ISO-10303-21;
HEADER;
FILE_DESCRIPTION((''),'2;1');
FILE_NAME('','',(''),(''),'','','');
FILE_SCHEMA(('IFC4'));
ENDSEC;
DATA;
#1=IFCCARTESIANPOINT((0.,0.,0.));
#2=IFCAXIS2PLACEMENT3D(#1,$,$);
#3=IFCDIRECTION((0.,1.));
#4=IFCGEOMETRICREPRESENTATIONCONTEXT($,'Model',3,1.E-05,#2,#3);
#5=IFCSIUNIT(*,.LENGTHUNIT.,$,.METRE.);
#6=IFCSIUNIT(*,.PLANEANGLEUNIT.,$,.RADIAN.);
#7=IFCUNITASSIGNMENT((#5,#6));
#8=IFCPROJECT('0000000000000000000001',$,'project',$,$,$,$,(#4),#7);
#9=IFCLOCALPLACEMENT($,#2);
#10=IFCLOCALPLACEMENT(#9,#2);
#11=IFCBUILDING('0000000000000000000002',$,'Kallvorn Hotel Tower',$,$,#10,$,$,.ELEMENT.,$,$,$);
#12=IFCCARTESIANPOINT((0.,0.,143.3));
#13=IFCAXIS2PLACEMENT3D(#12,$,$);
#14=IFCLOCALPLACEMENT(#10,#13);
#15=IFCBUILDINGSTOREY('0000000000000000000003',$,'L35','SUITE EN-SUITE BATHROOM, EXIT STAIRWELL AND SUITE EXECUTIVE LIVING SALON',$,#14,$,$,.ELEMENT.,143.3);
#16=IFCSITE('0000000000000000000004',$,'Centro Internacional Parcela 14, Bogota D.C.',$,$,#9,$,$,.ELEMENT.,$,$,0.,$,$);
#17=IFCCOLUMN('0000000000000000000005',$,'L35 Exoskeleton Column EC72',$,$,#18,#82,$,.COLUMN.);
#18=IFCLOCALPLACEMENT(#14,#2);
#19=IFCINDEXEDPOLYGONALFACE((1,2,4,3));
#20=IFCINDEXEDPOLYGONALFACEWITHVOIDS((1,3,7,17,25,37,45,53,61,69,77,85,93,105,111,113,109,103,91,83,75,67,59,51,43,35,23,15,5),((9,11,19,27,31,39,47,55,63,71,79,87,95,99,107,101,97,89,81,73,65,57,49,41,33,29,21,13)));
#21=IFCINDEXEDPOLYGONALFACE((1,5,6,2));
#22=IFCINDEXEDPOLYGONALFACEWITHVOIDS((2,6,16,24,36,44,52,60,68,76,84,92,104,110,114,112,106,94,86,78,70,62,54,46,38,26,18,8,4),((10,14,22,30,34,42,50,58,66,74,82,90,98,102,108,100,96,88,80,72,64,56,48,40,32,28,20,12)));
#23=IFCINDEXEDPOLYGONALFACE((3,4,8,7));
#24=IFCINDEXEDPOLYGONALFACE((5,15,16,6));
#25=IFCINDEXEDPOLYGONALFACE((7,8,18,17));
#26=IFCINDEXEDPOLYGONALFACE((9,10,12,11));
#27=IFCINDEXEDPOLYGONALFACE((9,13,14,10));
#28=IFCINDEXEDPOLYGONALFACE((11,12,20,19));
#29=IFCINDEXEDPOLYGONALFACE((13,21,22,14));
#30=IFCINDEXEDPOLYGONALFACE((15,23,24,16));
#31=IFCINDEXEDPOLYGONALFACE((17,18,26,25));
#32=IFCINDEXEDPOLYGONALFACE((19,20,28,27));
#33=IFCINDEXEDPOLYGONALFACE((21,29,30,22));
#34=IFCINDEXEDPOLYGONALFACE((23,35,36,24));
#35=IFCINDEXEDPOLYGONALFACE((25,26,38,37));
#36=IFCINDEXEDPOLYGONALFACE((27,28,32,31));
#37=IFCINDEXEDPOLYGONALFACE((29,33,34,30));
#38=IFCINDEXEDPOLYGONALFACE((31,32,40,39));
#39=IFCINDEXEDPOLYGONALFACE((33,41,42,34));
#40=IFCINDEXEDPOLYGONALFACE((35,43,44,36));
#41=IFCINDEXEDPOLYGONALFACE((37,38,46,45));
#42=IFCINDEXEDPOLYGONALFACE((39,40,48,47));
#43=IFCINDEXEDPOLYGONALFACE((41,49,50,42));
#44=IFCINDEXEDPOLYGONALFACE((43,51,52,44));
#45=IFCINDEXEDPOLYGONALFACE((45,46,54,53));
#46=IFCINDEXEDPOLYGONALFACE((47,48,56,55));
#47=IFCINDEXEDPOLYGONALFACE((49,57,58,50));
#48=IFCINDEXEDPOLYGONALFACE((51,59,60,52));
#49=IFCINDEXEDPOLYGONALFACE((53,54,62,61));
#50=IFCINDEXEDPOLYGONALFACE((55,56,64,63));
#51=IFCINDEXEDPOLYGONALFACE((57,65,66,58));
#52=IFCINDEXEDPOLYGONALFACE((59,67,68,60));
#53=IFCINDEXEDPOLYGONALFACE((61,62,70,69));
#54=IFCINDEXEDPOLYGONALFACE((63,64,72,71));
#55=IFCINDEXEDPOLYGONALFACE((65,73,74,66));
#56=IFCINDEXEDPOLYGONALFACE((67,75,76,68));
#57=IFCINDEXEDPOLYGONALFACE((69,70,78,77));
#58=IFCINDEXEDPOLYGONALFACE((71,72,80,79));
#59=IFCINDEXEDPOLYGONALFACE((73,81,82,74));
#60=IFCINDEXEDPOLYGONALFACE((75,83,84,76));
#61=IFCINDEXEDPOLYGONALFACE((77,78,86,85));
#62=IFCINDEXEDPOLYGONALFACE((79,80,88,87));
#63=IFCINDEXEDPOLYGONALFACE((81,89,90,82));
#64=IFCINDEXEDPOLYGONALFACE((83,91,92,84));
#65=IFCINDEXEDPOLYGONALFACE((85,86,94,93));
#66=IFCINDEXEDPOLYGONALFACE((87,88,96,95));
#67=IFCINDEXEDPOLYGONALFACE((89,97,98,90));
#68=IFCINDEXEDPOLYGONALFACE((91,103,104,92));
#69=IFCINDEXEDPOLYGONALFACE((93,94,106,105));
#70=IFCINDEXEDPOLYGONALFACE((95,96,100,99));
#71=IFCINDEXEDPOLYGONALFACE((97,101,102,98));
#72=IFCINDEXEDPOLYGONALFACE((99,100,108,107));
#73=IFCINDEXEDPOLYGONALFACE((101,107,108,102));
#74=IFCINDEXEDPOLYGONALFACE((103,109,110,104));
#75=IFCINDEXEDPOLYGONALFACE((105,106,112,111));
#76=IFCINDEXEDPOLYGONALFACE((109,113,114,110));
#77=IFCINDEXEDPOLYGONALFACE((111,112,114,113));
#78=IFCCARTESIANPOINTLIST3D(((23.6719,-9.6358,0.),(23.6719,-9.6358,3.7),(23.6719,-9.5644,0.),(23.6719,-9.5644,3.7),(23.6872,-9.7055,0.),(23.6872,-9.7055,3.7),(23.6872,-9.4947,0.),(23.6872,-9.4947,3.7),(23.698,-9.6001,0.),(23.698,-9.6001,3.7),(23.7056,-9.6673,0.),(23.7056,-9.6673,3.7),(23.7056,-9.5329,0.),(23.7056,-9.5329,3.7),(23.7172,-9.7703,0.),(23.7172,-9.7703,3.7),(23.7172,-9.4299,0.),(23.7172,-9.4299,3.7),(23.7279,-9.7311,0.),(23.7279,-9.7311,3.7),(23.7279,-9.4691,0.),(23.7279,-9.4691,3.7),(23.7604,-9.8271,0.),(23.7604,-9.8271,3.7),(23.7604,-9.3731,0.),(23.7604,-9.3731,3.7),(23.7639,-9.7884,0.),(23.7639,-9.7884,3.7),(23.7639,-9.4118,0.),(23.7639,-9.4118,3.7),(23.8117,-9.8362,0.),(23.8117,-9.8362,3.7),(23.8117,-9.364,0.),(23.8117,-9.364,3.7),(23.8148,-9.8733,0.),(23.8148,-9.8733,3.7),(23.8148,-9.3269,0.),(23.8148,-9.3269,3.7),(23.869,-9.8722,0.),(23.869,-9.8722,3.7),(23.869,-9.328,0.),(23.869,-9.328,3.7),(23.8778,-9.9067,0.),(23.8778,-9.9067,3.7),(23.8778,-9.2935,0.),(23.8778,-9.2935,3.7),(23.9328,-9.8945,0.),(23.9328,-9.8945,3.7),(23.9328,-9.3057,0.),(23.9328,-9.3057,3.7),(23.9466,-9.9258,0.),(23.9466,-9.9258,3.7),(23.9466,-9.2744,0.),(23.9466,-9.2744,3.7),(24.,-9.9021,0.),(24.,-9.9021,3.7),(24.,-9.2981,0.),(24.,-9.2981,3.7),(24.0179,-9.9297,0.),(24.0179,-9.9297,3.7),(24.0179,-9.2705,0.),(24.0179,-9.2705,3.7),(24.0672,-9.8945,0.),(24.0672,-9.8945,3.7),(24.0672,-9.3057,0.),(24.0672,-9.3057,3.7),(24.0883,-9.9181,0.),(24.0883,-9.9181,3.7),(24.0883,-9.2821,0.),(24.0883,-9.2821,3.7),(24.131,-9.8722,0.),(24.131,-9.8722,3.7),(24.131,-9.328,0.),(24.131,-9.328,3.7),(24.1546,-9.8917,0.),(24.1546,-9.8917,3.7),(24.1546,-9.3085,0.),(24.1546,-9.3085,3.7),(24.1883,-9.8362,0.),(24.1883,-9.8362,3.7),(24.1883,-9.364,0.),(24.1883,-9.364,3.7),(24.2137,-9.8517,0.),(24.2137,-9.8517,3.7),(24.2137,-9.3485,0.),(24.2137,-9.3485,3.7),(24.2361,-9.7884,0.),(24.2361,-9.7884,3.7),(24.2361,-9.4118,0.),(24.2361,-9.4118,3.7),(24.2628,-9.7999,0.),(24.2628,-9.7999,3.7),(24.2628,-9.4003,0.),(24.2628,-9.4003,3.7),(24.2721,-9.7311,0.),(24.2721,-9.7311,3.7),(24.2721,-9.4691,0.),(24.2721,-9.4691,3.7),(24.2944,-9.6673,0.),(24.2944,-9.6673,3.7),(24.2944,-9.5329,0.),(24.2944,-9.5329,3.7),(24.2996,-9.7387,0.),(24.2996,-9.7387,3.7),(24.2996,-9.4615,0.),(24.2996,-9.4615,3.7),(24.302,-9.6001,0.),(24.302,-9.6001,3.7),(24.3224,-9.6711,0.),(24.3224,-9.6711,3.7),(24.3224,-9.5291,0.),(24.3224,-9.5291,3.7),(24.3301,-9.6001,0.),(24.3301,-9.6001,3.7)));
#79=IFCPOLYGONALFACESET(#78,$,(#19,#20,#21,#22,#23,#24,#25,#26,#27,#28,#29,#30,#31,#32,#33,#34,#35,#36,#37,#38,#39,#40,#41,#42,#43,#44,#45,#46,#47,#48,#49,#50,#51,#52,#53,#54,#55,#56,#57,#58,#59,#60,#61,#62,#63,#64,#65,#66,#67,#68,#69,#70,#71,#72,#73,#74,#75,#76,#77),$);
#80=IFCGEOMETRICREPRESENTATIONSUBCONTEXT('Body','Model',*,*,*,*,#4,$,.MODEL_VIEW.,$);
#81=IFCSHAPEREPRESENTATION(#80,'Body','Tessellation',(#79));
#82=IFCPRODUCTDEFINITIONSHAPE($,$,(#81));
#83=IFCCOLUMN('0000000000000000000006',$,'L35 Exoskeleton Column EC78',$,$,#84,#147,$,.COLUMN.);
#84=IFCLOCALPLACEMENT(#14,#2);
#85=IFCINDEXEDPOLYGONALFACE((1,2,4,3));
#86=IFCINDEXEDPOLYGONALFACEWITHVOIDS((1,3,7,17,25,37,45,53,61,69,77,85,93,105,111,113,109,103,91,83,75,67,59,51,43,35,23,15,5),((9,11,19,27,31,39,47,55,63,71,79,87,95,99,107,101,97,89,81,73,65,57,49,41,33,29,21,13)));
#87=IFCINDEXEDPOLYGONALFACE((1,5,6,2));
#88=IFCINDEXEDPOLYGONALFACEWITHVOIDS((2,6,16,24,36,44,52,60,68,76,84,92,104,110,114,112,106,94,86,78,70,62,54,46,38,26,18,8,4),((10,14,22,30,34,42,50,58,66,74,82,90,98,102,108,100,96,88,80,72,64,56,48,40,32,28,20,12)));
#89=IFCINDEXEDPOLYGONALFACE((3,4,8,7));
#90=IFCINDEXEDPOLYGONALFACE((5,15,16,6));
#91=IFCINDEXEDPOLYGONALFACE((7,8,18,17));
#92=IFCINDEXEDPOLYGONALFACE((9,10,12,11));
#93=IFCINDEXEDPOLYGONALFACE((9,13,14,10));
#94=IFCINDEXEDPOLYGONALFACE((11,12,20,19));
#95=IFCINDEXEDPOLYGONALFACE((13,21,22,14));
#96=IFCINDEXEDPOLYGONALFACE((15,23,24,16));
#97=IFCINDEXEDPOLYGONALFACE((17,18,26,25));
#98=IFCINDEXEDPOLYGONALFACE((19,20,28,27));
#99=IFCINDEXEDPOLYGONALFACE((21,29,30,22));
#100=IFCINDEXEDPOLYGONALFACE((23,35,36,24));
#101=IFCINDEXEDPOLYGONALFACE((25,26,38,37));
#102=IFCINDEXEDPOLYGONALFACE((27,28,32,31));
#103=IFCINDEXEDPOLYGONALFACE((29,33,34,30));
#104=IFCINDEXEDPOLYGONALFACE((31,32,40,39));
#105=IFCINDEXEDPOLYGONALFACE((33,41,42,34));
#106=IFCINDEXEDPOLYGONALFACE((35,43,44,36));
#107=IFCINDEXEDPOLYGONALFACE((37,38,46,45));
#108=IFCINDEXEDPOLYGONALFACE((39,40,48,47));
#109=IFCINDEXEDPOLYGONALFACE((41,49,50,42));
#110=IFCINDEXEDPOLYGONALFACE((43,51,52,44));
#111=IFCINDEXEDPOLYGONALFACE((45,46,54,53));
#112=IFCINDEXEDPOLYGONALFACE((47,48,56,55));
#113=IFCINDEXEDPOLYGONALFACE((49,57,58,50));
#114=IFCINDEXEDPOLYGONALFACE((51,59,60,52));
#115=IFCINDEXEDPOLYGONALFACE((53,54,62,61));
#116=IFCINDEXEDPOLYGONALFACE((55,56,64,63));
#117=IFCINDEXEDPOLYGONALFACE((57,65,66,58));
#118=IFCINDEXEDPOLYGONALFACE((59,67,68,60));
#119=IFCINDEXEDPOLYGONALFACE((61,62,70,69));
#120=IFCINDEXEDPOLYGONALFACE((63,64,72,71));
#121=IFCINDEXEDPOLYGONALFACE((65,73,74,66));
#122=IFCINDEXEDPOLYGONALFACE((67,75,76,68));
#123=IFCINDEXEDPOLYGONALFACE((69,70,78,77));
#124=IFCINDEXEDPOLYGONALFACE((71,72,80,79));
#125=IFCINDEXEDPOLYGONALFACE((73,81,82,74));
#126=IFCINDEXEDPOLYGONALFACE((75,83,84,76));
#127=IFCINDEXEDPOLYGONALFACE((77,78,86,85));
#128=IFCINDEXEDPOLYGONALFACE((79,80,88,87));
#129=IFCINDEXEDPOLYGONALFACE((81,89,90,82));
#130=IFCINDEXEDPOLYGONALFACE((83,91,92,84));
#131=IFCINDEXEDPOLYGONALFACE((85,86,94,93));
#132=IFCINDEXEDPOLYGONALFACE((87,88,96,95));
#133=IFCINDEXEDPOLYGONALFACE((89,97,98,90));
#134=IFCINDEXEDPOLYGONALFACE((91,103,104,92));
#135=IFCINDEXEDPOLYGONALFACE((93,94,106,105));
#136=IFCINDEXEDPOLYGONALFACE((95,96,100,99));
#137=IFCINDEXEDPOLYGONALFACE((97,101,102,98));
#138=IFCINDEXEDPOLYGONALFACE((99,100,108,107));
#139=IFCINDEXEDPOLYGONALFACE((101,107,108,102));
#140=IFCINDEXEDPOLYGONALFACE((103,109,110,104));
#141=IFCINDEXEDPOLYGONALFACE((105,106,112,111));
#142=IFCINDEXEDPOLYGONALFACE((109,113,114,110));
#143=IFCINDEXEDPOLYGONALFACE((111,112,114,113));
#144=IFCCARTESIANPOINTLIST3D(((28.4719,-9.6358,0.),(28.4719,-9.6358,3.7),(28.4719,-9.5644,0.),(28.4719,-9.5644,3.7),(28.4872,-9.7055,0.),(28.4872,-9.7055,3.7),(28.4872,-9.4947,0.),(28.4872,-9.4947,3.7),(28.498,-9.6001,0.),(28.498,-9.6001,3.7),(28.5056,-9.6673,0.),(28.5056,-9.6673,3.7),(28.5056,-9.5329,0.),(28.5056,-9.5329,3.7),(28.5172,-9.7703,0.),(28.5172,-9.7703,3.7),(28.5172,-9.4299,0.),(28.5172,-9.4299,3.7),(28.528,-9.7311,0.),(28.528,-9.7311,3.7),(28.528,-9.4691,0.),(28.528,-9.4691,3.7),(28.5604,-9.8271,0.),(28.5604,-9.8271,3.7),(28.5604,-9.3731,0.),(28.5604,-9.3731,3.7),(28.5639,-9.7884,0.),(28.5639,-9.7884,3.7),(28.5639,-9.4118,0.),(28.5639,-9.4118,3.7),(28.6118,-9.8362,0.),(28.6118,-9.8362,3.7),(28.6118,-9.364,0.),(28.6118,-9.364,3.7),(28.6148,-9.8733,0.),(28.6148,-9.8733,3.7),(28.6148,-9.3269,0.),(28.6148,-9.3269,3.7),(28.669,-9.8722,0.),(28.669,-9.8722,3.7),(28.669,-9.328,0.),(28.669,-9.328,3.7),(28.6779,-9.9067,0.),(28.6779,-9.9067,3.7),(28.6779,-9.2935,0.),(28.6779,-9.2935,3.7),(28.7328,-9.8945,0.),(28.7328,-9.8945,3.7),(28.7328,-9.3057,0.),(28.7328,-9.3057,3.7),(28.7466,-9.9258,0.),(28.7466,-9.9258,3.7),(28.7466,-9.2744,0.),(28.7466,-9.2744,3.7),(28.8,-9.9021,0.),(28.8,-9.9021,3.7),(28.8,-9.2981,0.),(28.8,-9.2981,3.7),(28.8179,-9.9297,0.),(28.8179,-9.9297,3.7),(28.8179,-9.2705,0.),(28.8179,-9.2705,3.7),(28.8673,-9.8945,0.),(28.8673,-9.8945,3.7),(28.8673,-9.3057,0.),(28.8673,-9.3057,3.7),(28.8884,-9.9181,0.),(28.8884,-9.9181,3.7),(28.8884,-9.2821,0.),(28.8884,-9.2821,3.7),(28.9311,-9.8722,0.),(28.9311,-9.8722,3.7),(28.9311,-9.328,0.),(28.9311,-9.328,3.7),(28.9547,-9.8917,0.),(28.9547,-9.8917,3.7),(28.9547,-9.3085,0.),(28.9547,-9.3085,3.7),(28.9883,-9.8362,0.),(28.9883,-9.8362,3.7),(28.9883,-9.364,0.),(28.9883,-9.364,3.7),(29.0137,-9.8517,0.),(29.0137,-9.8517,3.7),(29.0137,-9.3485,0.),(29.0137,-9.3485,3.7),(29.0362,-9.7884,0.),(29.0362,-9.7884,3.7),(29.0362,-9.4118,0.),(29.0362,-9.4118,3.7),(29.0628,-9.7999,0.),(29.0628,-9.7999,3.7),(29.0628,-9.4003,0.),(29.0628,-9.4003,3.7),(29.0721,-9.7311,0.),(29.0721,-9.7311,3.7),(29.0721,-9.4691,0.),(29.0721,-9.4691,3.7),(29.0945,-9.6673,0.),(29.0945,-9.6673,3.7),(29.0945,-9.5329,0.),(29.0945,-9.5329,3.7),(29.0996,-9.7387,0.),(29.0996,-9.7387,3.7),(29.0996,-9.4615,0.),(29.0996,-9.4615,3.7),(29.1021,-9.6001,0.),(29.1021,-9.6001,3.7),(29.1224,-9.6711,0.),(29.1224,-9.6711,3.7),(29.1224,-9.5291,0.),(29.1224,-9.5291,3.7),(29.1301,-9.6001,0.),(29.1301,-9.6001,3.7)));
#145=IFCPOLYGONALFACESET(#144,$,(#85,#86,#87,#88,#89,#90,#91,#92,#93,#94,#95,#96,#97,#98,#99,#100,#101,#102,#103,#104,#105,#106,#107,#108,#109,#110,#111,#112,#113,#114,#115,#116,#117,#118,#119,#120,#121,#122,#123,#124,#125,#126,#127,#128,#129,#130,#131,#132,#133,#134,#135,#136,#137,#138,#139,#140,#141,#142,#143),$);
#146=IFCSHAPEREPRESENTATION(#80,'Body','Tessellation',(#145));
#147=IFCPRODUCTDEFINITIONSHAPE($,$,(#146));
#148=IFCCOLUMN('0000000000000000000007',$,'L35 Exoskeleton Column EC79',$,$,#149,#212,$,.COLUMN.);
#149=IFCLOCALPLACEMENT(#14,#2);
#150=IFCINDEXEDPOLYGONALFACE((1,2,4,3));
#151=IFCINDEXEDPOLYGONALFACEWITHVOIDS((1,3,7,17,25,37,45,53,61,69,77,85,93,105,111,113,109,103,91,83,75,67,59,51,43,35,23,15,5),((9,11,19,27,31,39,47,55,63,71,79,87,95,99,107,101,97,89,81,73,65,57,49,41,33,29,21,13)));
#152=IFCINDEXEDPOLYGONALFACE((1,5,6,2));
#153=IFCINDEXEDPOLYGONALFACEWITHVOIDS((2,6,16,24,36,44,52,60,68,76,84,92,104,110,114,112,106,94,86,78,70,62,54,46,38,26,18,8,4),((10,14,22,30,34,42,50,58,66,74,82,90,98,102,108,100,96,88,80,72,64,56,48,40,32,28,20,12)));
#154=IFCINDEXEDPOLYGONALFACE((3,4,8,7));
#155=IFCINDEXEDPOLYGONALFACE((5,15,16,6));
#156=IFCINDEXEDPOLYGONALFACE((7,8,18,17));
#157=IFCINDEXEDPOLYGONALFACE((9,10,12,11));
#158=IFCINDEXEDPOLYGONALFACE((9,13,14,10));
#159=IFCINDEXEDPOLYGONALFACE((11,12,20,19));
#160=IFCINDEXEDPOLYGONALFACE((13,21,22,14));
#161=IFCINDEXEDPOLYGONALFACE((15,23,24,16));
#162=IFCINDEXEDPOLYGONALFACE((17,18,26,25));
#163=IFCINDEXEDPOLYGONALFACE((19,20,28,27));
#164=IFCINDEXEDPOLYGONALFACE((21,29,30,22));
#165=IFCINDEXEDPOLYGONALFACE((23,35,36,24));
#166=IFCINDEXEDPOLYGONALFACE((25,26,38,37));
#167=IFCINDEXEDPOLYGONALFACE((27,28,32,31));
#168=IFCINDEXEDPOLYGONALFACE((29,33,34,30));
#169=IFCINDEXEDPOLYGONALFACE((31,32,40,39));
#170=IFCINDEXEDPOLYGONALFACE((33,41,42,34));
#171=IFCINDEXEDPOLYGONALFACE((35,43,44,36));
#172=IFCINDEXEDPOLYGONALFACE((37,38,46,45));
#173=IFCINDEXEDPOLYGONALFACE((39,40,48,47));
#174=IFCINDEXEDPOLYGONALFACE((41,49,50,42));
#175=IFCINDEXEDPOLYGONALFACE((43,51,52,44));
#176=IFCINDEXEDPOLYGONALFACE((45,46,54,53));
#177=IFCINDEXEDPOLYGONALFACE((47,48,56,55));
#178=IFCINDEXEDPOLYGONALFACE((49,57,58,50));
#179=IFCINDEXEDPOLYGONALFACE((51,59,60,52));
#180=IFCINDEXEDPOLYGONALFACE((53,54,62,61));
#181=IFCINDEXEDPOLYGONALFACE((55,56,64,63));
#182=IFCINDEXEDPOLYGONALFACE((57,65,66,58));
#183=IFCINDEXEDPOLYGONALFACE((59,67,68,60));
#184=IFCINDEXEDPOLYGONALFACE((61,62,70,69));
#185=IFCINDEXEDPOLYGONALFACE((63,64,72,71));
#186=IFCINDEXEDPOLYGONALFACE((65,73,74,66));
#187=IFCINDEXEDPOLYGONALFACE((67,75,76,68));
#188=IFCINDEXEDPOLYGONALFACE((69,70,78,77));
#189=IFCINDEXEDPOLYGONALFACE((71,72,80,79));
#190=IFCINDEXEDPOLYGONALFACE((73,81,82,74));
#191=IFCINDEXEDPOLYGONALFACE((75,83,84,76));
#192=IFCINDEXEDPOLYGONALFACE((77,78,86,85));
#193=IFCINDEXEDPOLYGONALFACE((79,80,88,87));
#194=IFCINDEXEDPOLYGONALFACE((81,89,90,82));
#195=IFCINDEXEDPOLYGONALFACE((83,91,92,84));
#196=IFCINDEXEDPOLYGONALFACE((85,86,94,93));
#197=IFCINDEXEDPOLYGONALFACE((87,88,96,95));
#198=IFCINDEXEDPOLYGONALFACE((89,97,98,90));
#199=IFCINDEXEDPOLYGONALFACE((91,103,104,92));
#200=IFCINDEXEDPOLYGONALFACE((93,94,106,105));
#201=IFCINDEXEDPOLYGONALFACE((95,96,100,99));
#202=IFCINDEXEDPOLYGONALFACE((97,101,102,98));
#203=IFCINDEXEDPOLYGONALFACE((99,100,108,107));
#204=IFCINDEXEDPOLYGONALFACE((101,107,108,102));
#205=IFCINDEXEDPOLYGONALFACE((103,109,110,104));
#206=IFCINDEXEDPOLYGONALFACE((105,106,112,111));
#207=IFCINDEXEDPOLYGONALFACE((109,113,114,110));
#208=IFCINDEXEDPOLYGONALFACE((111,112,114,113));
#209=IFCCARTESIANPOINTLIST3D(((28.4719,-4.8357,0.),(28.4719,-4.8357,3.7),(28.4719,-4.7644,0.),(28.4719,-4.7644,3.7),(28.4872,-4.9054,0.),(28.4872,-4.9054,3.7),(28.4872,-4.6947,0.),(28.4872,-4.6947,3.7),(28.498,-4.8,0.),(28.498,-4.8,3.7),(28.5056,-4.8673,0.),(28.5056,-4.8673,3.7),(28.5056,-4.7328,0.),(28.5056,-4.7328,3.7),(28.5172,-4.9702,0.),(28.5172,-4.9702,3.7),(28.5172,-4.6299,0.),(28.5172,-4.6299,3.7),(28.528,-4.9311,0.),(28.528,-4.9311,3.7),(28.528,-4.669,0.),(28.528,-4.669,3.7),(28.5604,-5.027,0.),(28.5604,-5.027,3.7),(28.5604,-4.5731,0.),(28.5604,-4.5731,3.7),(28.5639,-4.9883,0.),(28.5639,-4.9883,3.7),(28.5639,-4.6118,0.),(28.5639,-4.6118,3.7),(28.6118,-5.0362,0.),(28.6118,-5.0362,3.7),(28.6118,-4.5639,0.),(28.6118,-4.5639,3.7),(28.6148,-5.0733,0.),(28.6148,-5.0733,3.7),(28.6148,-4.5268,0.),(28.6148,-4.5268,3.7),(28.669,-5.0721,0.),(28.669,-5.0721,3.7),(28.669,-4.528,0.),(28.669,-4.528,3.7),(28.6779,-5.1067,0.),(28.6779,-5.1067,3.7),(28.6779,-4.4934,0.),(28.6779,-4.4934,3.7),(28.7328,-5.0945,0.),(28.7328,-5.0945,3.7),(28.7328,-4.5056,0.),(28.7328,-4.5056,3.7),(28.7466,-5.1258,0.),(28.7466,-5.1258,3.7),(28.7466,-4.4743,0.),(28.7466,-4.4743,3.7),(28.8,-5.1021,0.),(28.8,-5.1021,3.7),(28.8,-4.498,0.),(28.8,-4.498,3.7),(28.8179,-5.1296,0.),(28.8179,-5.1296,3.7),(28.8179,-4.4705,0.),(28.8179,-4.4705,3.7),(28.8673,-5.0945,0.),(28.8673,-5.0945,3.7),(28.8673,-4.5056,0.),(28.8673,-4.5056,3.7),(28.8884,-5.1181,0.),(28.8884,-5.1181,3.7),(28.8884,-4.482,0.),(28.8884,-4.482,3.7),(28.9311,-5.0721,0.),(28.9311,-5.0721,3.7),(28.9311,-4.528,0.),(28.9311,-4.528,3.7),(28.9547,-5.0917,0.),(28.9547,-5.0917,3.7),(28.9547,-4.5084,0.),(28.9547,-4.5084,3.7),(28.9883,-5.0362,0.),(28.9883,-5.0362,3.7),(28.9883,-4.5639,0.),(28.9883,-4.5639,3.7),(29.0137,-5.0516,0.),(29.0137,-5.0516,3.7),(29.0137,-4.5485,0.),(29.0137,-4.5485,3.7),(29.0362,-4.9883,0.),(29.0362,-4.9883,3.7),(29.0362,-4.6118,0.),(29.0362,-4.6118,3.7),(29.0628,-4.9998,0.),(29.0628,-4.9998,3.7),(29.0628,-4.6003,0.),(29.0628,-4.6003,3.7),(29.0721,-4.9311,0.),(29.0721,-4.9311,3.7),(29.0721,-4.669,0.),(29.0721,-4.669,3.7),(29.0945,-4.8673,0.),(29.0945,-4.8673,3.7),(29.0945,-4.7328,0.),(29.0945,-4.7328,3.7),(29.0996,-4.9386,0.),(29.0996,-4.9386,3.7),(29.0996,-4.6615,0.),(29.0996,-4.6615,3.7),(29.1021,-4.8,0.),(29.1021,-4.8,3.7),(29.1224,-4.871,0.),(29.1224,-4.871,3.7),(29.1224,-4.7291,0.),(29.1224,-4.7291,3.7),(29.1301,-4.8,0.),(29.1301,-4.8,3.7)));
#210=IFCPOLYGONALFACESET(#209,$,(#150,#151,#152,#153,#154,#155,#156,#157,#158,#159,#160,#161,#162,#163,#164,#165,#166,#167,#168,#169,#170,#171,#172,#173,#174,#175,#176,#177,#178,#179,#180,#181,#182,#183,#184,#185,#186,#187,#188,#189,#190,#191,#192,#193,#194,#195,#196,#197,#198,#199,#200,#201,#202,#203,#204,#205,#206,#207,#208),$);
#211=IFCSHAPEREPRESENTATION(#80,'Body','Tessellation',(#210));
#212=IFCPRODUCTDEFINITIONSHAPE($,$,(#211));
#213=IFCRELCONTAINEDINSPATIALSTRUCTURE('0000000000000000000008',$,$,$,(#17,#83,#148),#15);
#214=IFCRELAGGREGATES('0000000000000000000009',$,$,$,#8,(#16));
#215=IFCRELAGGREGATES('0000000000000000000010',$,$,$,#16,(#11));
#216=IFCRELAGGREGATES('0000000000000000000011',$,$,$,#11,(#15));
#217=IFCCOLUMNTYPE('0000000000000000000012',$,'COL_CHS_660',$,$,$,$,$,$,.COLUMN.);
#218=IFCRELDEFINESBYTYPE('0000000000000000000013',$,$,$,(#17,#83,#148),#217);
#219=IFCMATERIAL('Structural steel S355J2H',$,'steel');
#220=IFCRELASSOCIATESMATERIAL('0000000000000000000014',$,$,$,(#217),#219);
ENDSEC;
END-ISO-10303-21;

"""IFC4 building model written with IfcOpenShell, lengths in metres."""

from ifc_helpers import new_model, si_unit, direction, frame, origin, origin_2d, place, context, subcontext, project, spatial, hollow_circle, extrude, material, material_profile, profile_set, type_object, element, save


model = new_model("IFC4")

# Units and contexts
model_context = context("Model", 3, precision=1e-05, world=origin(), true_north=direction((0.0, 1.0)))
body_context = subcontext(model_context, "Body", "Model", "MODEL_VIEW")
ifc_project = project(units=[si_unit("LENGTHUNIT", "METRE"), si_unit("PLANEANGLEUNIT", "RADIAN")], contexts=[model_context])

# Site, building, storey
site_placement = place(None, origin())
site = spatial("IfcSite", under=ifc_project, at=site_placement, Name="Centro Internacional Parcela 14, Bogota D.C.", CompositionType="ELEMENT", RefElevation=0.0)
building_placement = place(site_placement, origin())
building = spatial("IfcBuilding", under=site, at=building_placement, Name="Kallvorn Hotel Tower", CompositionType="ELEMENT")
storey_placement = place(building_placement, frame((0.0, 0.0, 143.3)))
storey = spatial("IfcBuildingStorey", under=building, at=storey_placement, Name="L35", Description="SUITE EN-SUITE BATHROOM, EXIT STAIRWELL AND SUITE EXECUTIVE LIVING SALON", CompositionType="ELEMENT", Elevation=143.3)

# Columns
ifc_material_1 = material(Name="Structural steel S355J2H", Category="steel")
ifc_material_profile_1 = material_profile(ifc_material_1, hollow_circle(Radius=0.3301, WallThickness=0.0281, at=origin_2d()), Name="CHS 660x28")
ifc_profile_set_1 = profile_set([ifc_material_profile_1], Name="Structural steel S355J2H")
column_type_1 = type_object("IfcColumnType", Name="COL_CHS_660", PredefinedType="COLUMN", material=ifc_profile_set_1)
for number, where, z_axis, x_axis, name in (
    (1, (24.0, -9.6001, 0.0), (0.0, 0.0, 1.0), (1.0, 0.0, 0.0), "L35 Exoskeleton Column EC72"),
    (2, (28.8, -9.6001, 0.0), (0.0, 0.0, 1.0), (1.0, 0.0, 0.0), "L35 Exoskeleton Column EC78"),
    (3, (28.8, -4.8, 0.0), (0.0, 0.0, 1.0), (1.0, 0.0, 0.0), "L35 Exoskeleton Column EC79"),
):
    element("IfcColumn", number, at=place(storey_placement, frame(where, z_axis=z_axis, x_axis=x_axis)), inside=storey, type_object=column_type_1, Name=name, PredefinedType="COLUMN", context=body_context, shape_type="SweptSolid", body=[
        extrude(hollow_circle(Radius=0.3301, WallThickness=0.0281, at=origin_2d()), origin(), (0.0, 0.0, 1.0), 3.7),
    ])

save(model, "model.ifc")
